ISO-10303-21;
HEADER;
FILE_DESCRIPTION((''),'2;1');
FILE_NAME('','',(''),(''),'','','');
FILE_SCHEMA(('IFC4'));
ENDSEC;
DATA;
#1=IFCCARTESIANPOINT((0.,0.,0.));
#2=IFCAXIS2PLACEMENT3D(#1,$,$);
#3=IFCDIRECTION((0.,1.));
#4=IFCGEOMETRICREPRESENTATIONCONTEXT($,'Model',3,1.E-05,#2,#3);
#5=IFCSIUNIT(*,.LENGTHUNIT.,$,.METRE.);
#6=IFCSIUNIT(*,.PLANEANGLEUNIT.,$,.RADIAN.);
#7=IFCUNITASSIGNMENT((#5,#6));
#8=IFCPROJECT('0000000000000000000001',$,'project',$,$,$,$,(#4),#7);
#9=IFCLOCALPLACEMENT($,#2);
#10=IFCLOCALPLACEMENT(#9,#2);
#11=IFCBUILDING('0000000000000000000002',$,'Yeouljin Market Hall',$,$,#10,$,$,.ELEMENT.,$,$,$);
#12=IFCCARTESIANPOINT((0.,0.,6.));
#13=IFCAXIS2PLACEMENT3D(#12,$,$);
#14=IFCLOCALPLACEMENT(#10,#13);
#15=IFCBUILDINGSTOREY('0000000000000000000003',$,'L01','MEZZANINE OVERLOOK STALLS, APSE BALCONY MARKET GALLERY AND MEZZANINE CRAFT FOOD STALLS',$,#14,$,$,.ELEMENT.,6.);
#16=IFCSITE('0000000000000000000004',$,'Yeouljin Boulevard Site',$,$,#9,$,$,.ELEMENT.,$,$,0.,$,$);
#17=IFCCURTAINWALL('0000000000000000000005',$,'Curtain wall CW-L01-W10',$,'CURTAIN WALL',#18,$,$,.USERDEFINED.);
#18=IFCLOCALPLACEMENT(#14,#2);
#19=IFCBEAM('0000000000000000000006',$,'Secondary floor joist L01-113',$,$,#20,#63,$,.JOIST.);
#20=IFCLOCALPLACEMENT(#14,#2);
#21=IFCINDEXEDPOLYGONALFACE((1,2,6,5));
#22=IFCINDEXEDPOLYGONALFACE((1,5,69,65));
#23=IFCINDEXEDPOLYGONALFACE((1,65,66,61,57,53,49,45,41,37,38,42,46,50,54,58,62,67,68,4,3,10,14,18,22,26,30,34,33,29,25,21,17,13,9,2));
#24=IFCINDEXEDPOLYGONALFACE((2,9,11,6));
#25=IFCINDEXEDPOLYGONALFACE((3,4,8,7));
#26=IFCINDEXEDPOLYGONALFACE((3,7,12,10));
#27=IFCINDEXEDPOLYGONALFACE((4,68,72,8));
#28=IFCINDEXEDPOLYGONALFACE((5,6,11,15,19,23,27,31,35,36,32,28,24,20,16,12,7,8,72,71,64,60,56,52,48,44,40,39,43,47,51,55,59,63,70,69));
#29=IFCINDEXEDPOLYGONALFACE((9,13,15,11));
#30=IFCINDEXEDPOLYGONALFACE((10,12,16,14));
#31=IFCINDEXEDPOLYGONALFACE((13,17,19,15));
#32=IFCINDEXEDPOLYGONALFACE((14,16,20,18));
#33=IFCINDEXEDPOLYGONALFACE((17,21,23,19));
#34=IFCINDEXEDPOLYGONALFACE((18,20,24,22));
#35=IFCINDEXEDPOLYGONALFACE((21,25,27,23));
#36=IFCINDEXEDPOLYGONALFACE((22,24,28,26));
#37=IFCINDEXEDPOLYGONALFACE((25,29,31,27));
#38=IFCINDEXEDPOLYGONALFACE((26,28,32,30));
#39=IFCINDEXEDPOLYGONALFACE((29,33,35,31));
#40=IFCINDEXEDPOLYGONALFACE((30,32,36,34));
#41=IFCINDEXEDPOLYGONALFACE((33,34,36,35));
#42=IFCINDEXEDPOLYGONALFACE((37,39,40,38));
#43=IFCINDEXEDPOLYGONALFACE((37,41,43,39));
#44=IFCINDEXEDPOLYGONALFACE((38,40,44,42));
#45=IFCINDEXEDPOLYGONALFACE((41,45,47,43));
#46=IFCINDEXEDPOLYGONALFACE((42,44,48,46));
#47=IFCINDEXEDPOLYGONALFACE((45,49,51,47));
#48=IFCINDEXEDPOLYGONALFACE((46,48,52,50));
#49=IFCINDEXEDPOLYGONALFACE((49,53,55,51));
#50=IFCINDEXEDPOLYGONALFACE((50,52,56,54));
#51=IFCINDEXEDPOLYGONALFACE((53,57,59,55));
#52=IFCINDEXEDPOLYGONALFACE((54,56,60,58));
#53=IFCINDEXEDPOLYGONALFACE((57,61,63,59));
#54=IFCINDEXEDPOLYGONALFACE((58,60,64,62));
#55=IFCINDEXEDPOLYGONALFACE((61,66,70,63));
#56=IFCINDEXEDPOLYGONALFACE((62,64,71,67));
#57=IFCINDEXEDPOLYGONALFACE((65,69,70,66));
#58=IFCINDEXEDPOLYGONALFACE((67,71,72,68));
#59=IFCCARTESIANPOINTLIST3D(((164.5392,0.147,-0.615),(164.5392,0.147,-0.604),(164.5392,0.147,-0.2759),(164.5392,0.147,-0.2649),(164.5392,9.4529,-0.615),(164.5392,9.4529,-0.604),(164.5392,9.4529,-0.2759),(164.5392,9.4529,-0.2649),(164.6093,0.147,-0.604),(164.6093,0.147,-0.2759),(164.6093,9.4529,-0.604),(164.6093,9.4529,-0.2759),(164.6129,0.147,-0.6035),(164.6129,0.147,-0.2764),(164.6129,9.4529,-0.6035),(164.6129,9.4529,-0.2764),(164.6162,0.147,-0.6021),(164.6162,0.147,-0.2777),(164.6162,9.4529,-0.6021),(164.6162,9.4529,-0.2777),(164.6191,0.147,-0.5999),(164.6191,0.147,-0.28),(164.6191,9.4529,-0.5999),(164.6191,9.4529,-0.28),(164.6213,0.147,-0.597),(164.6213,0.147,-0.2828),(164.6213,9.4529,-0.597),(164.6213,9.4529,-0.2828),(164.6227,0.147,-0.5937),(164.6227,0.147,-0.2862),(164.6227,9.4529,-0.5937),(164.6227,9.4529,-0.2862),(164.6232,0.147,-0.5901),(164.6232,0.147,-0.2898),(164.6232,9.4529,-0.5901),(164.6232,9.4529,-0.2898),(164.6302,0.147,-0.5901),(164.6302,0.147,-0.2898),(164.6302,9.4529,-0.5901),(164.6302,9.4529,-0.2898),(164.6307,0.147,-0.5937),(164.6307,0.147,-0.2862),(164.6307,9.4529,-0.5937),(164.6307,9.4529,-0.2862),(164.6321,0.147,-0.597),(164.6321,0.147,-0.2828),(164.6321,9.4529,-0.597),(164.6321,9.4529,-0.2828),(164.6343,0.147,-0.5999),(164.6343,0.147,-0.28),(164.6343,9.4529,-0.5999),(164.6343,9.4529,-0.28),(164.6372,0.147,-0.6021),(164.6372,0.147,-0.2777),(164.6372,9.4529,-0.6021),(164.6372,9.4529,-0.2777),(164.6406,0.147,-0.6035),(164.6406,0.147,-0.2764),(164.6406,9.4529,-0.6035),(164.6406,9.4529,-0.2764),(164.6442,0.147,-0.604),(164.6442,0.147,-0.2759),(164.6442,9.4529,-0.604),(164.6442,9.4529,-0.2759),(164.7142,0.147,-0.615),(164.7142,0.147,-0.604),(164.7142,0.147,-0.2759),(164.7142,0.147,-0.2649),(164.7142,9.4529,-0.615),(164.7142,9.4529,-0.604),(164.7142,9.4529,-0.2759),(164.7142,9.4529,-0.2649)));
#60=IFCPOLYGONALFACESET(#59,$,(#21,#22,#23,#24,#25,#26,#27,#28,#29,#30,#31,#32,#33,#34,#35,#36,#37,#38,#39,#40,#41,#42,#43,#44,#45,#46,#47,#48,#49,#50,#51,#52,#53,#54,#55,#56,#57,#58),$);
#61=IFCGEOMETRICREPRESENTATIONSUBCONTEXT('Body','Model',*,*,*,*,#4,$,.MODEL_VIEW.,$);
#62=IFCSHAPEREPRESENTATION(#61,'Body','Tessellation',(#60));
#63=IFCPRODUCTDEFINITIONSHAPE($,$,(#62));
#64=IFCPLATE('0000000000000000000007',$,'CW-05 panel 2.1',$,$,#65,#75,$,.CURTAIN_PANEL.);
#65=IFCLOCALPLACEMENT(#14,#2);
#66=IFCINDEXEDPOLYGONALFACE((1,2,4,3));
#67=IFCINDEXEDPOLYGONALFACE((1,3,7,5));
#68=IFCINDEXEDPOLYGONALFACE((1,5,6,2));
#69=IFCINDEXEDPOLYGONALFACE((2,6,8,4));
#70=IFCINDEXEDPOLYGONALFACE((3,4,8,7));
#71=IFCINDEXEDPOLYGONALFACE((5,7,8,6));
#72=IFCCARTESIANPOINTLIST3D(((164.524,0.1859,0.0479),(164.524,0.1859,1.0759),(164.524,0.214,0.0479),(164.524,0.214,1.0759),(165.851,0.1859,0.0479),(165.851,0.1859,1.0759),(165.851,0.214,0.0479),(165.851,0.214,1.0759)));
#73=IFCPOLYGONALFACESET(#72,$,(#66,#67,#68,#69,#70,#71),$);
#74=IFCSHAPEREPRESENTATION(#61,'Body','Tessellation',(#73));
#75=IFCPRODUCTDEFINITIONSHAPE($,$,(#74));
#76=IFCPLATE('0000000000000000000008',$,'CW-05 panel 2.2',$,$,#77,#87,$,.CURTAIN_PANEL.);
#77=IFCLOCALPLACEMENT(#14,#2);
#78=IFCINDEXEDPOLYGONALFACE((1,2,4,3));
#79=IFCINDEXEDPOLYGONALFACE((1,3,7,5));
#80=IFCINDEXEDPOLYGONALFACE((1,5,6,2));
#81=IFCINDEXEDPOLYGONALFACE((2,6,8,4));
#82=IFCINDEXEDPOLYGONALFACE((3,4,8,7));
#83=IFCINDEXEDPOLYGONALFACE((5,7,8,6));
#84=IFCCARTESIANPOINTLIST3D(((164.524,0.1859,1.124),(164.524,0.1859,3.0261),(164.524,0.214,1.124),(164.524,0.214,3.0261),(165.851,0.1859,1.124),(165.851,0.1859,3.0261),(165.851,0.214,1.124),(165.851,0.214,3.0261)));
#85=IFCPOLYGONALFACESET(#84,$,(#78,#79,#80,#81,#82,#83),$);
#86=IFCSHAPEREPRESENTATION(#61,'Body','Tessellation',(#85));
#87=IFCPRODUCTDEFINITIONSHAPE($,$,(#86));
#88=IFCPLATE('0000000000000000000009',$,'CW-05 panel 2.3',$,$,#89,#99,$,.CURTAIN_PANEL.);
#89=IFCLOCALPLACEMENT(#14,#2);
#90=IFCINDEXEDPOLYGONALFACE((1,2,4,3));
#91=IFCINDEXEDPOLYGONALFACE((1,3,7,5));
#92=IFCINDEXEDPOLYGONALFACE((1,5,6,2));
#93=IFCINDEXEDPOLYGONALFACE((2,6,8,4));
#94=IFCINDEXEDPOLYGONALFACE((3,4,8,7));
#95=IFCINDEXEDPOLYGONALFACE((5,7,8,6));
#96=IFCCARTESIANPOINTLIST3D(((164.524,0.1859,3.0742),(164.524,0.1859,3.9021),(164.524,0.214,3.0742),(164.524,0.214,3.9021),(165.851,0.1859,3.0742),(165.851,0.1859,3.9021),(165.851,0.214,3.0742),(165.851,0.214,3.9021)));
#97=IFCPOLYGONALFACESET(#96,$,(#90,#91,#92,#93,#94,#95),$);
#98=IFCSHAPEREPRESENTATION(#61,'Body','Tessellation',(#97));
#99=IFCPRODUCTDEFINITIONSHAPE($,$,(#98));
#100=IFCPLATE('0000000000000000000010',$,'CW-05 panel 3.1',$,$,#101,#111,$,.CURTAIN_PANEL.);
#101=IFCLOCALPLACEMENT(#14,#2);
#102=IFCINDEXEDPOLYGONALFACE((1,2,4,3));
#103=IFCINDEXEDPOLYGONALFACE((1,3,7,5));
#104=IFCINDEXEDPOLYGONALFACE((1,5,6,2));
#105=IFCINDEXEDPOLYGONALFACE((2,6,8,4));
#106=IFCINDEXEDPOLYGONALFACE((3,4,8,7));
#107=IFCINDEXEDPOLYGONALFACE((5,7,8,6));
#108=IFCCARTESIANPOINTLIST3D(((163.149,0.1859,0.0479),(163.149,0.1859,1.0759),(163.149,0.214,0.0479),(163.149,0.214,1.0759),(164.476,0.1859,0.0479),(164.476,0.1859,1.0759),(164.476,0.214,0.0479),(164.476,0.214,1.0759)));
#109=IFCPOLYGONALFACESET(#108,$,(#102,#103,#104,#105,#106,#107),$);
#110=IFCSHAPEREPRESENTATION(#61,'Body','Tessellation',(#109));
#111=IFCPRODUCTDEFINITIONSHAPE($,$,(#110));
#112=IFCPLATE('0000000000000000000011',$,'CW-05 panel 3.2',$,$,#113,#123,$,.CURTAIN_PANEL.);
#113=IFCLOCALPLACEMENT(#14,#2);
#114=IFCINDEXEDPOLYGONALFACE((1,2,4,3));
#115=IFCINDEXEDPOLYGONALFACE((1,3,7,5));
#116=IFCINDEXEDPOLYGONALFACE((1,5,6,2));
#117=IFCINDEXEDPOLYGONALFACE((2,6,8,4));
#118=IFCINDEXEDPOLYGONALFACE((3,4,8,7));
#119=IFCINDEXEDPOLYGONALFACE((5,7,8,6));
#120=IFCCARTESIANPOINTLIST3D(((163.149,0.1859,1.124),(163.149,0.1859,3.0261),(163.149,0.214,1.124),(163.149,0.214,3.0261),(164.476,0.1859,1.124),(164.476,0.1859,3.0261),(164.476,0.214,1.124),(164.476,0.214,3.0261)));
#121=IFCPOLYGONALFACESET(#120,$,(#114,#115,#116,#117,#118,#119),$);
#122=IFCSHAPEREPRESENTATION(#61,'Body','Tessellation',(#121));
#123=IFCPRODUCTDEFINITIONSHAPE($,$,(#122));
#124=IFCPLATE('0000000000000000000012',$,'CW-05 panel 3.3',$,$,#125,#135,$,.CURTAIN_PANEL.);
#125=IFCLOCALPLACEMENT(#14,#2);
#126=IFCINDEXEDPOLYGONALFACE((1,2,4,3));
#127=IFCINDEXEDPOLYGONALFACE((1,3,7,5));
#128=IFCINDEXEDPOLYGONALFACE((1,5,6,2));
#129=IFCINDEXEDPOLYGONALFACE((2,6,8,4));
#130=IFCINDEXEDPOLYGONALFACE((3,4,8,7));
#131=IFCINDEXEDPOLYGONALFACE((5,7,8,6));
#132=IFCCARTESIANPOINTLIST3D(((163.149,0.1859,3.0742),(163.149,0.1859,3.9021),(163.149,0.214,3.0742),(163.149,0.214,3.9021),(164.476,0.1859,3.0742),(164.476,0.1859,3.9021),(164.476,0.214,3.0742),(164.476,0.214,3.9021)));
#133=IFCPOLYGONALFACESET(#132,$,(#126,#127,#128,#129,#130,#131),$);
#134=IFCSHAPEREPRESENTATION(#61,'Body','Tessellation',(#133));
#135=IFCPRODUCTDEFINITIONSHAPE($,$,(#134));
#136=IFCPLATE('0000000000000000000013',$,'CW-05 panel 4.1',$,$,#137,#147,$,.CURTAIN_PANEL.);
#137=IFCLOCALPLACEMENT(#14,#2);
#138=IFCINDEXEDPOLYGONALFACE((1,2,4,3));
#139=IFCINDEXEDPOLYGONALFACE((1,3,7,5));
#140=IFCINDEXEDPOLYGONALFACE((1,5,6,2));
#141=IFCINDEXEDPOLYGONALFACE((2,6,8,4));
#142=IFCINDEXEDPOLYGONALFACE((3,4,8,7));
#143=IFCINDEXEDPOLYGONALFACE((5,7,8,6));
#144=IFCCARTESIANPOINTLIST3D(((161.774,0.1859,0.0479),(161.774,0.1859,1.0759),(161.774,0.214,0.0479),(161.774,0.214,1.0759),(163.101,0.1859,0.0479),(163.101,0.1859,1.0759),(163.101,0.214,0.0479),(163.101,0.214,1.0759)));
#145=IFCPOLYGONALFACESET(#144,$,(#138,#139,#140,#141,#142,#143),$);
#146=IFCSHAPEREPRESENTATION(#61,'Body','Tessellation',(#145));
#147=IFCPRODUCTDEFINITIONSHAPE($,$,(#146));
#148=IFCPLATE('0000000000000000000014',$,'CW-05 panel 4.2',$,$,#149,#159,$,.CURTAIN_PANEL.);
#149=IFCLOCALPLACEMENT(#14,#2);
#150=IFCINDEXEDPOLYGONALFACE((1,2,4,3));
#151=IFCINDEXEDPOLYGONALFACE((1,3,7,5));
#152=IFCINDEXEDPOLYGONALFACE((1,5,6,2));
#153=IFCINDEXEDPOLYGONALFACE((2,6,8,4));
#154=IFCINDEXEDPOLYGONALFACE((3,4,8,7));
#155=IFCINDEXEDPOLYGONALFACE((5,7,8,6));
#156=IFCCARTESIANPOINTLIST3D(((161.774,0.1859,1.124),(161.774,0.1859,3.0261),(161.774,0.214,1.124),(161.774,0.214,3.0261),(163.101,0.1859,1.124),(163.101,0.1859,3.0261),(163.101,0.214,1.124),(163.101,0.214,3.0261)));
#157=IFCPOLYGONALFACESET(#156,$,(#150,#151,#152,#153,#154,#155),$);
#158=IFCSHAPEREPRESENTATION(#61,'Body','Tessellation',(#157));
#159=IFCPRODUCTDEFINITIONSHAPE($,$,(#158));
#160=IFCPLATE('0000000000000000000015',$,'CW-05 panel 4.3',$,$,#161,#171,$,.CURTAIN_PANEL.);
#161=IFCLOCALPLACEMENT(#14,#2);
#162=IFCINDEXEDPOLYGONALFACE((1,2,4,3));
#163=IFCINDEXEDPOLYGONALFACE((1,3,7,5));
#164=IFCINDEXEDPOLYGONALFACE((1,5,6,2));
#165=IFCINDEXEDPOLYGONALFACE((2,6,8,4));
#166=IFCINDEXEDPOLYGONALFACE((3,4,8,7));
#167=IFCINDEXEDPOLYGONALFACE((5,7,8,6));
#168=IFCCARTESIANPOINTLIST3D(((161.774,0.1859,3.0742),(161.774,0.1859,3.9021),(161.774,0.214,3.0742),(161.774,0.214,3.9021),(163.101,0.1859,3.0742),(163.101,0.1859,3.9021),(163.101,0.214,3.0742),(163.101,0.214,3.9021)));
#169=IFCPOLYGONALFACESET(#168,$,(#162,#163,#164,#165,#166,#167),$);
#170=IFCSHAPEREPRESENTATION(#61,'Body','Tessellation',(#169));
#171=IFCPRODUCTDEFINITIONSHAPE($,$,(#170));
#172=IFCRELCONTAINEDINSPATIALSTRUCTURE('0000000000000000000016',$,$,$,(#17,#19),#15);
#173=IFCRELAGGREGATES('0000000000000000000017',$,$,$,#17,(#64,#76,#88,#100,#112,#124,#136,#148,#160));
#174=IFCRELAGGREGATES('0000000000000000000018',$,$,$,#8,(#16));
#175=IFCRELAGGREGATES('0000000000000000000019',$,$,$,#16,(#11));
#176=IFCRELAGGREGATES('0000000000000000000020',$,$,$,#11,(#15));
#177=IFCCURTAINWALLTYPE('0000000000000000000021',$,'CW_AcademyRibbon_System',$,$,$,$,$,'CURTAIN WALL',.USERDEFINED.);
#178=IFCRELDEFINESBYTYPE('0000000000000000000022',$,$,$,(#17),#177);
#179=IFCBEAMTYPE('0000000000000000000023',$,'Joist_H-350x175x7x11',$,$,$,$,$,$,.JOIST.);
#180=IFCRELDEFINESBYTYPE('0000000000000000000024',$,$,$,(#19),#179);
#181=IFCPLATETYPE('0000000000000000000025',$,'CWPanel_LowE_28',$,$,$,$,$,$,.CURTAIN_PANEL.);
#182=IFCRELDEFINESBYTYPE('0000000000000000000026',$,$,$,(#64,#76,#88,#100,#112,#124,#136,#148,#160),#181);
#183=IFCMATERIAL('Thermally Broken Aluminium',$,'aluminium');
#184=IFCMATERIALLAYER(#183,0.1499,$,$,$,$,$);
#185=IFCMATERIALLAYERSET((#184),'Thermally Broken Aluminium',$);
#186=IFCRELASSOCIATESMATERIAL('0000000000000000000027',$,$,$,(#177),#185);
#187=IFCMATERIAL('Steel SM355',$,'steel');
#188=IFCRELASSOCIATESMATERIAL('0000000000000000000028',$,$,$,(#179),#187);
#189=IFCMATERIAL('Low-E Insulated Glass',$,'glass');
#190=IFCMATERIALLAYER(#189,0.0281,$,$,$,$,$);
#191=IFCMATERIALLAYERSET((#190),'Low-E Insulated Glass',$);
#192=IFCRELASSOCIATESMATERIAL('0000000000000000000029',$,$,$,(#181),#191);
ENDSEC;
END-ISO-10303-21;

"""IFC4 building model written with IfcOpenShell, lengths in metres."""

from ifc_helpers import new_model, si_unit, direction, frame, origin, origin_2d, place, context, subcontext, project, spatial, rectangle, i_section, extrude, material, layer, layer_set, material_profile, profile_set, type_object, element, aggregate, save


model = new_model("IFC4")

# Units and contexts
model_context = context("Model", 3, precision=1e-05, world=origin(), true_north=direction((0.0, 1.0)))
body_context = subcontext(model_context, "Body", "Model", "MODEL_VIEW")
ifc_project = project(units=[si_unit("LENGTHUNIT", "METRE"), si_unit("PLANEANGLEUNIT", "RADIAN")], contexts=[model_context])

# Site, building, storey
site_placement = place(None, origin())
site = spatial("IfcSite", under=ifc_project, at=site_placement, Name="Yeouljin Boulevard Site", CompositionType="ELEMENT", RefElevation=0.0)
building_placement = place(site_placement, origin())
building = spatial("IfcBuilding", under=site, at=building_placement, Name="Yeouljin Market Hall", CompositionType="ELEMENT")
storey_placement = place(building_placement, frame((0.0, 0.0, 6.0)))
storey = spatial("IfcBuildingStorey", under=building, at=storey_placement, Name="L01", Description="MEZZANINE OVERLOOK STALLS, APSE BALCONY MARKET GALLERY AND MEZZANINE CRAFT FOOD STALLS", CompositionType="ELEMENT", Elevation=6.0)

# Curtain wall
ifc_material_1 = material(Name="Thermally Broken Aluminium", Category="aluminium")
ifc_layer_1 = layer(ifc_material_1, 0.1499)
ifc_layer_set_1 = layer_set([ifc_layer_1], Name="Thermally Broken Aluminium")
curtain_wall_type = type_object("IfcCurtainWallType", Name="CW_AcademyRibbon_System", ElementType="CURTAIN WALL", PredefinedType="USERDEFINED", material=ifc_layer_set_1)
curtain_wall_placement = place(storey_placement, origin())
curtain_wall = element("IfcCurtainWall", 1, at=curtain_wall_placement, inside=storey, type_object=curtain_wall_type, Name="Curtain wall CW-L01-W10", ObjectType="CURTAIN WALL", PredefinedType="USERDEFINED")

# Beam
ifc_material_2 = material(Name="Steel SM355", Category="steel")
ifc_material_profile_1 = material_profile(ifc_material_2, i_section(OverallWidth=0.175, OverallDepth=0.3501, WebThickness=0.0071, FlangeThickness=0.011, FilletRadius=0.0139, at=origin_2d()), Name="H-350x175x7x11")
ifc_profile_set_1 = profile_set([ifc_material_profile_1], Name="Steel SM355")
beam_type = type_object("IfcBeamType", Name="Joist_H-350x175x7x11", PredefinedType="JOIST", material=ifc_profile_set_1)
beam_placement = place(storey_placement, frame((164.6267, 0.147, -0.4399), z_axis=(0.0, 1.0, 0.0), x_axis=(-1.0, 0.0, 0.0)))
element("IfcBeam", 2, at=beam_placement, inside=storey, type_object=beam_type, Name="Secondary floor joist L01-113", PredefinedType="JOIST", context=body_context, shape_type="SweptSolid", body=[
    extrude(i_section(OverallWidth=0.175, OverallDepth=0.3501, WebThickness=0.0071, FlangeThickness=0.011, FilletRadius=0.0139, at=origin_2d()), origin(), (0.0, 0.0, 1.0), 9.3059),
])

# Plates
ifc_material_3 = material(Name="Low-E Insulated Glass", Category="glass")
ifc_layer_2 = layer(ifc_material_3, 0.0281)
ifc_layer_set_2 = layer_set([ifc_layer_2], Name="Low-E Insulated Glass")
plate_type = type_object("IfcPlateType", Name="CWPanel_LowE_28", PredefinedType="CURTAIN_PANEL", material=ifc_layer_set_2)
plate_1_placement = place(storey_placement, frame((165.1875, 0.2, 0.0479), z_axis=(0.0, 0.0, 1.0), x_axis=(-1.0, 0.0, 0.0)))
plate_1 = element("IfcPlate", 3, at=plate_1_placement, type_object=plate_type, Name="CW-05 panel 2.1", PredefinedType="CURTAIN_PANEL", context=body_context, shape_type="SweptSolid", body=[
    extrude(rectangle(XDim=1.3269, YDim=0.0281, at=origin_2d()), origin(), (0.0, 0.0, 1.0), 1.0281),
])
plate_2_placement = place(storey_placement, frame((165.1875, 0.2, 1.124), z_axis=(0.0, 0.0, 1.0), x_axis=(-1.0, 0.0, 0.0)))
plate_2 = element("IfcPlate", 4, at=plate_2_placement, type_object=plate_type, Name="CW-05 panel 2.2", PredefinedType="CURTAIN_PANEL", context=body_context, shape_type="SweptSolid", body=[
    extrude(rectangle(XDim=1.3269, YDim=0.0281, at=origin_2d()), origin(), (0.0, 0.0, 1.0), 1.9021),
])
plate_3_placement = place(storey_placement, frame((165.1875, 0.2, 3.0742), z_axis=(0.0, 0.0, 1.0), x_axis=(-1.0, 0.0, 0.0)))
plate_3 = element("IfcPlate", 5, at=plate_3_placement, type_object=plate_type, Name="CW-05 panel 2.3", PredefinedType="CURTAIN_PANEL", context=body_context, shape_type="SweptSolid", body=[
    extrude(rectangle(XDim=1.3269, YDim=0.0281, at=origin_2d()), origin(), (0.0, 0.0, 1.0), 0.8279),
])
plate_4_placement = place(storey_placement, frame((163.8125, 0.2, 0.0479), z_axis=(0.0, 0.0, 1.0), x_axis=(-1.0, 0.0, 0.0)))
plate_4 = element("IfcPlate", 6, at=plate_4_placement, type_object=plate_type, Name="CW-05 panel 3.1", PredefinedType="CURTAIN_PANEL", context=body_context, shape_type="SweptSolid", body=[
    extrude(rectangle(XDim=1.3269, YDim=0.0281, at=origin_2d()), origin(), (0.0, 0.0, 1.0), 1.0281),
])
plate_5_placement = place(storey_placement, frame((163.8125, 0.2, 1.124), z_axis=(0.0, 0.0, 1.0), x_axis=(-1.0, 0.0, 0.0)))
plate_5 = element("IfcPlate", 7, at=plate_5_placement, type_object=plate_type, Name="CW-05 panel 3.2", PredefinedType="CURTAIN_PANEL", context=body_context, shape_type="SweptSolid", body=[
    extrude(rectangle(XDim=1.3269, YDim=0.0281, at=origin_2d()), origin(), (0.0, 0.0, 1.0), 1.9021),
])
plate_6_placement = place(storey_placement, frame((163.8125, 0.2, 3.0742), z_axis=(0.0, 0.0, 1.0), x_axis=(-1.0, 0.0, 0.0)))
plate_6 = element("IfcPlate", 8, at=plate_6_placement, type_object=plate_type, Name="CW-05 panel 3.3", PredefinedType="CURTAIN_PANEL", context=body_context, shape_type="SweptSolid", body=[
    extrude(rectangle(XDim=1.3269, YDim=0.0281, at=origin_2d()), origin(), (0.0, 0.0, 1.0), 0.8279),
])
plate_7_placement = place(storey_placement, frame((162.4375, 0.2, 0.0479), z_axis=(0.0, 0.0, 1.0), x_axis=(-1.0, 0.0, 0.0)))
plate_7 = element("IfcPlate", 9, at=plate_7_placement, type_object=plate_type, Name="CW-05 panel 4.1", PredefinedType="CURTAIN_PANEL", context=body_context, shape_type="SweptSolid", body=[
    extrude(rectangle(XDim=1.3269, YDim=0.0281, at=origin_2d()), origin(), (0.0, 0.0, 1.0), 1.0281),
])
plate_8_placement = place(storey_placement, frame((162.4375, 0.2, 1.124), z_axis=(0.0, 0.0, 1.0), x_axis=(-1.0, 0.0, 0.0)))
plate_8 = element("IfcPlate", 10, at=plate_8_placement, type_object=plate_type, Name="CW-05 panel 4.2", PredefinedType="CURTAIN_PANEL", context=body_context, shape_type="SweptSolid", body=[
    extrude(rectangle(XDim=1.3269, YDim=0.0281, at=origin_2d()), origin(), (0.0, 0.0, 1.0), 1.9021),
])
plate_9_placement = place(storey_placement, frame((162.4375, 0.2, 3.0742), z_axis=(0.0, 0.0, 1.0), x_axis=(-1.0, 0.0, 0.0)))
plate_9 = element("IfcPlate", 11, at=plate_9_placement, type_object=plate_type, Name="CW-05 panel 4.3", PredefinedType="CURTAIN_PANEL", context=body_context, shape_type="SweptSolid", body=[
    extrude(rectangle(XDim=1.3269, YDim=0.0281, at=origin_2d()), origin(), (0.0, 0.0, 1.0), 0.8279),
])
aggregate(curtain_wall, [plate_1, plate_2, plate_3, plate_4, plate_5, plate_6, plate_7, plate_8, plate_9])

save(model, "model.ifc")
